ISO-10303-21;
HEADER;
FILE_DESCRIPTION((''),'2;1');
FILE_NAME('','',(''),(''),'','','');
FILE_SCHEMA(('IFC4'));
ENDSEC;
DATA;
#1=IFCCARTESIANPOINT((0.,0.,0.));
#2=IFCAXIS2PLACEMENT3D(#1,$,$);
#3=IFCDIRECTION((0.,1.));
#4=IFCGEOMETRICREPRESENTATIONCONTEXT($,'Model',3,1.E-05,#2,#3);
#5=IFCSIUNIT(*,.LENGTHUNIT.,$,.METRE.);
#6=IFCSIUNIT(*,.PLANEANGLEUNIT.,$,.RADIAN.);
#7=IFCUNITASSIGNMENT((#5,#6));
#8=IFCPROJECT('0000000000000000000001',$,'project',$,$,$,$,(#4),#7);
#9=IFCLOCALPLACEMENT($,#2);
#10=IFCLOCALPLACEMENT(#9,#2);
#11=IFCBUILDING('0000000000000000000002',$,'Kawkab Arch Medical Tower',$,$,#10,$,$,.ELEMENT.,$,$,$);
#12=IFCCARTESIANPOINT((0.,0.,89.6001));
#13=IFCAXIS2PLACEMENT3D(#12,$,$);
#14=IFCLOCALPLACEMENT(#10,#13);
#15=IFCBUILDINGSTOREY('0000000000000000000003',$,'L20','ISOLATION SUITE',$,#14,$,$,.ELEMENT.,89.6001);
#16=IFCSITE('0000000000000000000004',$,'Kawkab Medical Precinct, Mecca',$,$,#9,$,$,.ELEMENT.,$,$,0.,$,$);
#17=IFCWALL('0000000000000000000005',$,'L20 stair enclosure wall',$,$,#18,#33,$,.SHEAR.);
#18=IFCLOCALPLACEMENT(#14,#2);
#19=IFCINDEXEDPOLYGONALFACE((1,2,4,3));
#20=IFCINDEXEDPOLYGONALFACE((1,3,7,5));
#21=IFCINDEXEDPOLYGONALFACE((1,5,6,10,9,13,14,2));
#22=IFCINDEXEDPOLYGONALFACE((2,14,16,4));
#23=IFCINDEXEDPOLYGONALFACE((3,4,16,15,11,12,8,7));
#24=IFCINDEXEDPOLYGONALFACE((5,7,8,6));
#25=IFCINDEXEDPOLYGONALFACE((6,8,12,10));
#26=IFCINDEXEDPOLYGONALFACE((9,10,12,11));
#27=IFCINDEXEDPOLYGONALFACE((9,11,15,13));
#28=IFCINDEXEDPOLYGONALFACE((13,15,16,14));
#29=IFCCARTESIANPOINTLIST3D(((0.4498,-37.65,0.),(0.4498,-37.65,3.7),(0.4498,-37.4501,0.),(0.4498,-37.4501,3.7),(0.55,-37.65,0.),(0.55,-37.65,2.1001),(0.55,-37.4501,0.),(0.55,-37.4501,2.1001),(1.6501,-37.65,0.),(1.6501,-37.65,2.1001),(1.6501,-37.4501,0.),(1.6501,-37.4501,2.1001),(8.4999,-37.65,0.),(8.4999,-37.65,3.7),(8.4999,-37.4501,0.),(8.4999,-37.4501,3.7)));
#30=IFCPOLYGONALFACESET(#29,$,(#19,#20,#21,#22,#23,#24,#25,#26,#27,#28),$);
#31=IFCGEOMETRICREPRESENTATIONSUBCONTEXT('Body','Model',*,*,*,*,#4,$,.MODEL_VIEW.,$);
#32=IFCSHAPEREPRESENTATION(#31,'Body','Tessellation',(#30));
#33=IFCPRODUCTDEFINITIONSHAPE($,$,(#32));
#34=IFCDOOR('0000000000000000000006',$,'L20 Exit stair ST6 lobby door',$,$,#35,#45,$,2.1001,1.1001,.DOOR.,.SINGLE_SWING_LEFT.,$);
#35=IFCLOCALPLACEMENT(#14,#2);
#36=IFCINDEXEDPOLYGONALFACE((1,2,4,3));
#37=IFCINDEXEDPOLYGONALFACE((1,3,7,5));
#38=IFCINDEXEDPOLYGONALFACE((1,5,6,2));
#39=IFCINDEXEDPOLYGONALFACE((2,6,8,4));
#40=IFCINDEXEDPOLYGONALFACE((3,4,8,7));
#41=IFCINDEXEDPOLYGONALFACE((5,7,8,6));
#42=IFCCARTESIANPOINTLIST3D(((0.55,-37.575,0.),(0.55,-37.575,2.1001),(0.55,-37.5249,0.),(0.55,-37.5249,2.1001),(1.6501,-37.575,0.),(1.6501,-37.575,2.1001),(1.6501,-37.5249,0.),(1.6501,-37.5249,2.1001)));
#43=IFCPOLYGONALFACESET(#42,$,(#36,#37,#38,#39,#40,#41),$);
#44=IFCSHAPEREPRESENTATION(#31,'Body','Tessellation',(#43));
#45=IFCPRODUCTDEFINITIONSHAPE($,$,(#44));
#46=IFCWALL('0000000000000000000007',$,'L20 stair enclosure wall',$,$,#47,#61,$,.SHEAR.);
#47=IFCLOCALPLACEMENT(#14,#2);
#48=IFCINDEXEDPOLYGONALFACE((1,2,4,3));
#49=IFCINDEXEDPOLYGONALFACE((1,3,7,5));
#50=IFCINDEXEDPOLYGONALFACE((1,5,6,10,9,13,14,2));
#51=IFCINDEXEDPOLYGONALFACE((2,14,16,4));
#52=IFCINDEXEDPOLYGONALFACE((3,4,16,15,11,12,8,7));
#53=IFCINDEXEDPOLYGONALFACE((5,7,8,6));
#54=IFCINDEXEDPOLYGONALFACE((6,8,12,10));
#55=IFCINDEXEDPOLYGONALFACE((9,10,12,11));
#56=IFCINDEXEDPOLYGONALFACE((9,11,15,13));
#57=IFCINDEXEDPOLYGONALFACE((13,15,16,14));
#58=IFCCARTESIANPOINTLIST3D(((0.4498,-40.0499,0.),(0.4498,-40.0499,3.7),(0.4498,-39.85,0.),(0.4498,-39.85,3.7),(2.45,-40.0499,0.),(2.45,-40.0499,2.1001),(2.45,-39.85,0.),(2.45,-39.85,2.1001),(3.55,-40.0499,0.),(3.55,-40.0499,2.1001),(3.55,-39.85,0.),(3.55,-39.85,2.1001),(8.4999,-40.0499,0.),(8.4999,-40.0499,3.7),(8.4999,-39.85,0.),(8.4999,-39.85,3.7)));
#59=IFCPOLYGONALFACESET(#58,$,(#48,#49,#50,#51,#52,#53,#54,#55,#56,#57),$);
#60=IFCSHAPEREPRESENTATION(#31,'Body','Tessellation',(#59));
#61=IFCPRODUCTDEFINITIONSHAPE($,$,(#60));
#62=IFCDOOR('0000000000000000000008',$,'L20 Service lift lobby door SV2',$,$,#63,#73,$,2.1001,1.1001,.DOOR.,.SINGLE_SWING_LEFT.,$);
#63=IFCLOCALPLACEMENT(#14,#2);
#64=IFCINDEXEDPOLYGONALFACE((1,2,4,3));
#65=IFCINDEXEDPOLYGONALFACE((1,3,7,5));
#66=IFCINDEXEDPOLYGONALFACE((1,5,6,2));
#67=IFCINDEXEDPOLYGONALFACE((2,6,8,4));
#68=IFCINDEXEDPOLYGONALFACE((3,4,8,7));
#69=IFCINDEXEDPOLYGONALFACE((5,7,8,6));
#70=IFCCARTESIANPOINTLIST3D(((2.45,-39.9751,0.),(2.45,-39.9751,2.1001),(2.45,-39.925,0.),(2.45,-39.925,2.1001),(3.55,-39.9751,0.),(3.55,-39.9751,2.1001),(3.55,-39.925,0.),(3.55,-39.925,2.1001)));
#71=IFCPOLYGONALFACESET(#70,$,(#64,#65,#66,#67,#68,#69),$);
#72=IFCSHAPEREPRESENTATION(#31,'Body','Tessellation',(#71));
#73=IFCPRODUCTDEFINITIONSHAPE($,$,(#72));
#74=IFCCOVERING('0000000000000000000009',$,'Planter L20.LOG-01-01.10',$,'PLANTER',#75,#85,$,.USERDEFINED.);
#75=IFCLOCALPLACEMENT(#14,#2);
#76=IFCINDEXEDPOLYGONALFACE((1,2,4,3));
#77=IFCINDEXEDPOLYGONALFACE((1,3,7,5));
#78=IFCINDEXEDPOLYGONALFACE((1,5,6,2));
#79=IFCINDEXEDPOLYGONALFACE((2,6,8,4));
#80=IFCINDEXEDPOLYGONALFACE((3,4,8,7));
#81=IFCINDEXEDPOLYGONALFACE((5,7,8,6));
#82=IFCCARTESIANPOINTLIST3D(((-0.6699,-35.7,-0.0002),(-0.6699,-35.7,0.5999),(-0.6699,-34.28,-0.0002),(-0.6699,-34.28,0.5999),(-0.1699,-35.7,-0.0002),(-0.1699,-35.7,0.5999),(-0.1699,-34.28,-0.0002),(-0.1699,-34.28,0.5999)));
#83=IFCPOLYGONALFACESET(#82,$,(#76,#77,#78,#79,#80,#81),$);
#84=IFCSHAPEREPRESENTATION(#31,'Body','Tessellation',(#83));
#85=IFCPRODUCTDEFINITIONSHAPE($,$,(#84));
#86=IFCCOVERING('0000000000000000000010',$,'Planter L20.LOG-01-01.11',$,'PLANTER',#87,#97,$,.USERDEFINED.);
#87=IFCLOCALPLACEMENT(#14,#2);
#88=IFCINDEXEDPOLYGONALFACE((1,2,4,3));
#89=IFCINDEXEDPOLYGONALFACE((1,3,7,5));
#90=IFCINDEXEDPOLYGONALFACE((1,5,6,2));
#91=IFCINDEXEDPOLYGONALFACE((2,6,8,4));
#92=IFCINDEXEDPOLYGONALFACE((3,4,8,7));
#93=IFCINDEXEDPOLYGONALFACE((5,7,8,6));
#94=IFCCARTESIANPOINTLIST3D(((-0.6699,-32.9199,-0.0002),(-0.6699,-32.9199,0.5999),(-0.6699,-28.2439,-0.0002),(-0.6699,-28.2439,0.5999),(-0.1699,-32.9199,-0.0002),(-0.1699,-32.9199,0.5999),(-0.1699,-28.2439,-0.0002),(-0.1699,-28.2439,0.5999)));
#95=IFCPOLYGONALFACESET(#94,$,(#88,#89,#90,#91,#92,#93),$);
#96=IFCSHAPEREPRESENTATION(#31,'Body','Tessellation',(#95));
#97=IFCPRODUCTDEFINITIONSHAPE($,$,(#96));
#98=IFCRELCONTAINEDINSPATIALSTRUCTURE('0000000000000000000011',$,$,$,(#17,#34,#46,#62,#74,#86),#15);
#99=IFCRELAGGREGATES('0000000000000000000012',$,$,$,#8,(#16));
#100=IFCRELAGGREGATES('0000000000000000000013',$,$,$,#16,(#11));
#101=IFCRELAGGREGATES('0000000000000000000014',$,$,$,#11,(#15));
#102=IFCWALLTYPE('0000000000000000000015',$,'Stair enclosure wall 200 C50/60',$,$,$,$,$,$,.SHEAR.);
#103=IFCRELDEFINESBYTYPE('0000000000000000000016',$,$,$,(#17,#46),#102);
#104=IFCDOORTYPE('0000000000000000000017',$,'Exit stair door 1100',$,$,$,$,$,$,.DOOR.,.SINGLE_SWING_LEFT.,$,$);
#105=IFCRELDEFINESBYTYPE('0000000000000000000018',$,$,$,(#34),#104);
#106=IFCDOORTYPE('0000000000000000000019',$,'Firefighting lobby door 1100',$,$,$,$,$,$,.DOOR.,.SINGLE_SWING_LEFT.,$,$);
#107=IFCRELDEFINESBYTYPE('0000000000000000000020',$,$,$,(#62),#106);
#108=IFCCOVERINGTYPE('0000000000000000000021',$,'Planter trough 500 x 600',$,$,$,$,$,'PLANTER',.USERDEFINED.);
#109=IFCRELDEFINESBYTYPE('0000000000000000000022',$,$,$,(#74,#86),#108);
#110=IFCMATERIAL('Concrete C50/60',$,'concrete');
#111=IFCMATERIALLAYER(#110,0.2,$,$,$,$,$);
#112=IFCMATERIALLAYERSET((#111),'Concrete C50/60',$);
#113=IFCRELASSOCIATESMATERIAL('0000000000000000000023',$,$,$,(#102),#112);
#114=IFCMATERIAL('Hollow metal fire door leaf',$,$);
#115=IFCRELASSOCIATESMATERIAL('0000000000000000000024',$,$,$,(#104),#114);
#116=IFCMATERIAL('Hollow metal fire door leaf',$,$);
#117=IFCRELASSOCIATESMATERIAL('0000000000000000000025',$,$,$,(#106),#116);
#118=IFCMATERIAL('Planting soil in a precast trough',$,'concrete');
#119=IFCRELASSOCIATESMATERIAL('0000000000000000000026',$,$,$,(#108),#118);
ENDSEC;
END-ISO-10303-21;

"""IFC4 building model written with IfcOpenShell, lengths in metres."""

from ifc_helpers import new_model, si_unit, direction, frame, frame_2d, origin, origin_2d, place, context, subcontext, project, spatial, rectangle, extrude, material, layer, layer_set, material_profile, profile_set, type_object, element, fill, save


model = new_model("IFC4")

# Units and contexts
model_context = context("Model", 3, precision=1e-05, world=origin(), true_north=direction((0.0, 1.0)))
body_context = subcontext(model_context, "Body", "Model", "MODEL_VIEW")
ifc_project = project(units=[si_unit("LENGTHUNIT", "METRE"), si_unit("PLANEANGLEUNIT", "RADIAN")], contexts=[model_context])

# Site, building, storey
site_placement = place(None, origin())
site = spatial("IfcSite", under=ifc_project, at=site_placement, Name="Kawkab Medical Precinct, Mecca", CompositionType="ELEMENT", RefElevation=0.0)
building_placement = place(site_placement, origin())
building = spatial("IfcBuilding", under=site, at=building_placement, Name="Kawkab Arch Medical Tower", CompositionType="ELEMENT")
storey_placement = place(building_placement, frame((0.0, 0.0, 89.6001)))
storey = spatial("IfcBuildingStorey", under=building, at=storey_placement, Name="L20", Description="ISOLATION SUITE", CompositionType="ELEMENT", Elevation=89.6001)

# Walls, openings, doors
ifc_material_1 = material(Name="Concrete C50/60", Category="concrete")
ifc_layer_1 = layer(ifc_material_1, 0.2)
ifc_layer_set_1 = layer_set([ifc_layer_1], Name="Concrete C50/60")
wall_type_1 = type_object("IfcWallType", Name="Stair enclosure wall 200 C50/60", PredefinedType="SHEAR", material=ifc_layer_set_1)
ifc_material_2 = material(Name="Hollow metal fire door leaf")
door_type_1 = type_object("IfcDoorType", Name="Exit stair door 1100", OperationType="SINGLE_SWING_LEFT", PredefinedType="DOOR", material=ifc_material_2)
wall_1_placement = place(storey_placement, frame((0.45, -37.55, 0.0), z_axis=(0.0, 0.0, 1.0), x_axis=(1.0, 0.0, 0.0)))
wall_1 = element("IfcWall", 1, at=wall_1_placement, inside=storey, type_object=wall_type_1, Name="L20 stair enclosure wall", PredefinedType="SHEAR", context=body_context, shape_type="SweptSolid", body=[
    extrude(rectangle(XDim=8.05, YDim=0.2, at=frame_2d((4.0249, 0.0))), origin(), (0.0, 0.0, 1.0), 3.7),
])
opening_1_placement = place(wall_1_placement, frame((0.1001, 0.0, 0.0)))
opening_1 = element("IfcOpeningElement", 2, at=opening_1_placement, cuts=wall_1, PredefinedType="OPENING", context=body_context, shape_type="SweptSolid", body=[
    extrude(rectangle(XDim=1.1001, YDim=2.1001, at=frame_2d((0.55, 1.05))), frame((0.0, 0.1099, 0.0), z_axis=(0.0, -1.0, 0.0), x_axis=(1.0, 0.0, 0.0)), (0.0, 0.0, 1.0), 0.22),
])
door_1_placement = place(opening_1_placement, frame((1.1001, 0.0, 0.0), z_axis=(0.0, 0.0, 1.0), x_axis=(-1.0, 0.0, 0.0)))
door_1 = element("IfcDoor", 3, at=door_1_placement, inside=storey, type_object=door_type_1, Name="L20 Exit stair ST6 lobby door", OperationType="SINGLE_SWING_LEFT", OverallHeight=2.1001, OverallWidth=1.1001, PredefinedType="DOOR", context=body_context, shape_type="SweptSolid", body=[
    extrude(rectangle(XDim=1.1001, YDim=2.1001, at=frame_2d((0.55, 1.05))), frame((0.0, 0.0249, 0.0), z_axis=(0.0, -1.0, 0.0), x_axis=(1.0, 0.0, 0.0)), (0.0, 0.0, 1.0), 0.05),
])
fill(opening_1, door_1)
wall_2_placement = place(storey_placement, frame((0.45, -39.95, 0.0), z_axis=(0.0, 0.0, 1.0), x_axis=(1.0, 0.0, 0.0)))
wall_2 = element("IfcWall", 4, at=wall_2_placement, inside=storey, type_object=wall_type_1, Name="L20 stair enclosure wall", PredefinedType="SHEAR", context=body_context, shape_type="SweptSolid", body=[
    extrude(rectangle(XDim=8.05, YDim=0.2, at=frame_2d((4.0249, 0.0))), origin(), (0.0, 0.0, 1.0), 3.7),
])
opening_2_placement = place(wall_2_placement, frame((2.0, 0.0, 0.0)))
opening_2 = element("IfcOpeningElement", 5, at=opening_2_placement, cuts=wall_2, PredefinedType="OPENING", context=body_context, shape_type="SweptSolid", body=[
    extrude(rectangle(XDim=1.1001, YDim=2.1001, at=frame_2d((0.55, 1.05))), frame((0.0, 0.1099, 0.0), z_axis=(0.0, -1.0, 0.0), x_axis=(1.0, 0.0, 0.0)), (0.0, 0.0, 1.0), 0.22),
])
ifc_material_3 = material(Name="Hollow metal fire door leaf")
door_type_2 = type_object("IfcDoorType", Name="Firefighting lobby door 1100", OperationType="SINGLE_SWING_LEFT", PredefinedType="DOOR", material=ifc_material_3)
door_2_placement = place(opening_2_placement, origin())
door_2 = element("IfcDoor", 6, at=door_2_placement, inside=storey, type_object=door_type_2, Name="L20 Service lift lobby door SV2", OperationType="SINGLE_SWING_LEFT", OverallHeight=2.1001, OverallWidth=1.1001, PredefinedType="DOOR", context=body_context, shape_type="SweptSolid", body=[
    extrude(rectangle(XDim=1.1001, YDim=2.1001, at=frame_2d((0.55, 1.05))), frame((0.0, 0.0249, 0.0), z_axis=(0.0, -1.0, 0.0), x_axis=(1.0, 0.0, 0.0)), (0.0, 0.0, 1.0), 0.05),
])
fill(opening_2, door_2)

# Coverings
ifc_material_4 = material(Name="Planting soil in a precast trough", Category="concrete")
ifc_material_profile_1 = material_profile(ifc_material_4, rectangle(XDim=0.5, YDim=0.6001, at=origin_2d()), Name="Trough 500x600")
ifc_profile_set_1 = profile_set([ifc_material_profile_1], Name="Planting soil in a precast trough")
covering_type = type_object("IfcCoveringType", Name="Planter trough 500 x 600", ElementType="PLANTER", PredefinedType="USERDEFINED", material=ifc_profile_set_1)
covering_1_placement = place(storey_placement, frame((-0.4199, -35.7, 0.2998), z_axis=(0.0, 1.0, 0.0), x_axis=(-1.0, 0.0, 0.0)))
element("IfcCovering", 7, at=covering_1_placement, inside=storey, type_object=covering_type, Name="Planter L20.LOG-01-01.10", ObjectType="PLANTER", PredefinedType="USERDEFINED", context=body_context, shape_type="SweptSolid", body=[
    extrude(rectangle(XDim=0.5, YDim=0.6001, at=origin_2d()), origin(), (0.0, 0.0, 1.0), 1.4199),
])
covering_2_placement = place(storey_placement, frame((-0.4199, -32.9199, 0.2998), z_axis=(0.0, 1.0, 0.0), x_axis=(-1.0, 0.0, 0.0)))
element("IfcCovering", 8, at=covering_2_placement, inside=storey, type_object=covering_type, Name="Planter L20.LOG-01-01.11", ObjectType="PLANTER", PredefinedType="USERDEFINED", context=body_context, shape_type="SweptSolid", body=[
    extrude(rectangle(XDim=0.5, YDim=0.6001, at=origin_2d()), origin(), (0.0, 0.0, 1.0), 4.676),
])

save(model, "model.ifc")
